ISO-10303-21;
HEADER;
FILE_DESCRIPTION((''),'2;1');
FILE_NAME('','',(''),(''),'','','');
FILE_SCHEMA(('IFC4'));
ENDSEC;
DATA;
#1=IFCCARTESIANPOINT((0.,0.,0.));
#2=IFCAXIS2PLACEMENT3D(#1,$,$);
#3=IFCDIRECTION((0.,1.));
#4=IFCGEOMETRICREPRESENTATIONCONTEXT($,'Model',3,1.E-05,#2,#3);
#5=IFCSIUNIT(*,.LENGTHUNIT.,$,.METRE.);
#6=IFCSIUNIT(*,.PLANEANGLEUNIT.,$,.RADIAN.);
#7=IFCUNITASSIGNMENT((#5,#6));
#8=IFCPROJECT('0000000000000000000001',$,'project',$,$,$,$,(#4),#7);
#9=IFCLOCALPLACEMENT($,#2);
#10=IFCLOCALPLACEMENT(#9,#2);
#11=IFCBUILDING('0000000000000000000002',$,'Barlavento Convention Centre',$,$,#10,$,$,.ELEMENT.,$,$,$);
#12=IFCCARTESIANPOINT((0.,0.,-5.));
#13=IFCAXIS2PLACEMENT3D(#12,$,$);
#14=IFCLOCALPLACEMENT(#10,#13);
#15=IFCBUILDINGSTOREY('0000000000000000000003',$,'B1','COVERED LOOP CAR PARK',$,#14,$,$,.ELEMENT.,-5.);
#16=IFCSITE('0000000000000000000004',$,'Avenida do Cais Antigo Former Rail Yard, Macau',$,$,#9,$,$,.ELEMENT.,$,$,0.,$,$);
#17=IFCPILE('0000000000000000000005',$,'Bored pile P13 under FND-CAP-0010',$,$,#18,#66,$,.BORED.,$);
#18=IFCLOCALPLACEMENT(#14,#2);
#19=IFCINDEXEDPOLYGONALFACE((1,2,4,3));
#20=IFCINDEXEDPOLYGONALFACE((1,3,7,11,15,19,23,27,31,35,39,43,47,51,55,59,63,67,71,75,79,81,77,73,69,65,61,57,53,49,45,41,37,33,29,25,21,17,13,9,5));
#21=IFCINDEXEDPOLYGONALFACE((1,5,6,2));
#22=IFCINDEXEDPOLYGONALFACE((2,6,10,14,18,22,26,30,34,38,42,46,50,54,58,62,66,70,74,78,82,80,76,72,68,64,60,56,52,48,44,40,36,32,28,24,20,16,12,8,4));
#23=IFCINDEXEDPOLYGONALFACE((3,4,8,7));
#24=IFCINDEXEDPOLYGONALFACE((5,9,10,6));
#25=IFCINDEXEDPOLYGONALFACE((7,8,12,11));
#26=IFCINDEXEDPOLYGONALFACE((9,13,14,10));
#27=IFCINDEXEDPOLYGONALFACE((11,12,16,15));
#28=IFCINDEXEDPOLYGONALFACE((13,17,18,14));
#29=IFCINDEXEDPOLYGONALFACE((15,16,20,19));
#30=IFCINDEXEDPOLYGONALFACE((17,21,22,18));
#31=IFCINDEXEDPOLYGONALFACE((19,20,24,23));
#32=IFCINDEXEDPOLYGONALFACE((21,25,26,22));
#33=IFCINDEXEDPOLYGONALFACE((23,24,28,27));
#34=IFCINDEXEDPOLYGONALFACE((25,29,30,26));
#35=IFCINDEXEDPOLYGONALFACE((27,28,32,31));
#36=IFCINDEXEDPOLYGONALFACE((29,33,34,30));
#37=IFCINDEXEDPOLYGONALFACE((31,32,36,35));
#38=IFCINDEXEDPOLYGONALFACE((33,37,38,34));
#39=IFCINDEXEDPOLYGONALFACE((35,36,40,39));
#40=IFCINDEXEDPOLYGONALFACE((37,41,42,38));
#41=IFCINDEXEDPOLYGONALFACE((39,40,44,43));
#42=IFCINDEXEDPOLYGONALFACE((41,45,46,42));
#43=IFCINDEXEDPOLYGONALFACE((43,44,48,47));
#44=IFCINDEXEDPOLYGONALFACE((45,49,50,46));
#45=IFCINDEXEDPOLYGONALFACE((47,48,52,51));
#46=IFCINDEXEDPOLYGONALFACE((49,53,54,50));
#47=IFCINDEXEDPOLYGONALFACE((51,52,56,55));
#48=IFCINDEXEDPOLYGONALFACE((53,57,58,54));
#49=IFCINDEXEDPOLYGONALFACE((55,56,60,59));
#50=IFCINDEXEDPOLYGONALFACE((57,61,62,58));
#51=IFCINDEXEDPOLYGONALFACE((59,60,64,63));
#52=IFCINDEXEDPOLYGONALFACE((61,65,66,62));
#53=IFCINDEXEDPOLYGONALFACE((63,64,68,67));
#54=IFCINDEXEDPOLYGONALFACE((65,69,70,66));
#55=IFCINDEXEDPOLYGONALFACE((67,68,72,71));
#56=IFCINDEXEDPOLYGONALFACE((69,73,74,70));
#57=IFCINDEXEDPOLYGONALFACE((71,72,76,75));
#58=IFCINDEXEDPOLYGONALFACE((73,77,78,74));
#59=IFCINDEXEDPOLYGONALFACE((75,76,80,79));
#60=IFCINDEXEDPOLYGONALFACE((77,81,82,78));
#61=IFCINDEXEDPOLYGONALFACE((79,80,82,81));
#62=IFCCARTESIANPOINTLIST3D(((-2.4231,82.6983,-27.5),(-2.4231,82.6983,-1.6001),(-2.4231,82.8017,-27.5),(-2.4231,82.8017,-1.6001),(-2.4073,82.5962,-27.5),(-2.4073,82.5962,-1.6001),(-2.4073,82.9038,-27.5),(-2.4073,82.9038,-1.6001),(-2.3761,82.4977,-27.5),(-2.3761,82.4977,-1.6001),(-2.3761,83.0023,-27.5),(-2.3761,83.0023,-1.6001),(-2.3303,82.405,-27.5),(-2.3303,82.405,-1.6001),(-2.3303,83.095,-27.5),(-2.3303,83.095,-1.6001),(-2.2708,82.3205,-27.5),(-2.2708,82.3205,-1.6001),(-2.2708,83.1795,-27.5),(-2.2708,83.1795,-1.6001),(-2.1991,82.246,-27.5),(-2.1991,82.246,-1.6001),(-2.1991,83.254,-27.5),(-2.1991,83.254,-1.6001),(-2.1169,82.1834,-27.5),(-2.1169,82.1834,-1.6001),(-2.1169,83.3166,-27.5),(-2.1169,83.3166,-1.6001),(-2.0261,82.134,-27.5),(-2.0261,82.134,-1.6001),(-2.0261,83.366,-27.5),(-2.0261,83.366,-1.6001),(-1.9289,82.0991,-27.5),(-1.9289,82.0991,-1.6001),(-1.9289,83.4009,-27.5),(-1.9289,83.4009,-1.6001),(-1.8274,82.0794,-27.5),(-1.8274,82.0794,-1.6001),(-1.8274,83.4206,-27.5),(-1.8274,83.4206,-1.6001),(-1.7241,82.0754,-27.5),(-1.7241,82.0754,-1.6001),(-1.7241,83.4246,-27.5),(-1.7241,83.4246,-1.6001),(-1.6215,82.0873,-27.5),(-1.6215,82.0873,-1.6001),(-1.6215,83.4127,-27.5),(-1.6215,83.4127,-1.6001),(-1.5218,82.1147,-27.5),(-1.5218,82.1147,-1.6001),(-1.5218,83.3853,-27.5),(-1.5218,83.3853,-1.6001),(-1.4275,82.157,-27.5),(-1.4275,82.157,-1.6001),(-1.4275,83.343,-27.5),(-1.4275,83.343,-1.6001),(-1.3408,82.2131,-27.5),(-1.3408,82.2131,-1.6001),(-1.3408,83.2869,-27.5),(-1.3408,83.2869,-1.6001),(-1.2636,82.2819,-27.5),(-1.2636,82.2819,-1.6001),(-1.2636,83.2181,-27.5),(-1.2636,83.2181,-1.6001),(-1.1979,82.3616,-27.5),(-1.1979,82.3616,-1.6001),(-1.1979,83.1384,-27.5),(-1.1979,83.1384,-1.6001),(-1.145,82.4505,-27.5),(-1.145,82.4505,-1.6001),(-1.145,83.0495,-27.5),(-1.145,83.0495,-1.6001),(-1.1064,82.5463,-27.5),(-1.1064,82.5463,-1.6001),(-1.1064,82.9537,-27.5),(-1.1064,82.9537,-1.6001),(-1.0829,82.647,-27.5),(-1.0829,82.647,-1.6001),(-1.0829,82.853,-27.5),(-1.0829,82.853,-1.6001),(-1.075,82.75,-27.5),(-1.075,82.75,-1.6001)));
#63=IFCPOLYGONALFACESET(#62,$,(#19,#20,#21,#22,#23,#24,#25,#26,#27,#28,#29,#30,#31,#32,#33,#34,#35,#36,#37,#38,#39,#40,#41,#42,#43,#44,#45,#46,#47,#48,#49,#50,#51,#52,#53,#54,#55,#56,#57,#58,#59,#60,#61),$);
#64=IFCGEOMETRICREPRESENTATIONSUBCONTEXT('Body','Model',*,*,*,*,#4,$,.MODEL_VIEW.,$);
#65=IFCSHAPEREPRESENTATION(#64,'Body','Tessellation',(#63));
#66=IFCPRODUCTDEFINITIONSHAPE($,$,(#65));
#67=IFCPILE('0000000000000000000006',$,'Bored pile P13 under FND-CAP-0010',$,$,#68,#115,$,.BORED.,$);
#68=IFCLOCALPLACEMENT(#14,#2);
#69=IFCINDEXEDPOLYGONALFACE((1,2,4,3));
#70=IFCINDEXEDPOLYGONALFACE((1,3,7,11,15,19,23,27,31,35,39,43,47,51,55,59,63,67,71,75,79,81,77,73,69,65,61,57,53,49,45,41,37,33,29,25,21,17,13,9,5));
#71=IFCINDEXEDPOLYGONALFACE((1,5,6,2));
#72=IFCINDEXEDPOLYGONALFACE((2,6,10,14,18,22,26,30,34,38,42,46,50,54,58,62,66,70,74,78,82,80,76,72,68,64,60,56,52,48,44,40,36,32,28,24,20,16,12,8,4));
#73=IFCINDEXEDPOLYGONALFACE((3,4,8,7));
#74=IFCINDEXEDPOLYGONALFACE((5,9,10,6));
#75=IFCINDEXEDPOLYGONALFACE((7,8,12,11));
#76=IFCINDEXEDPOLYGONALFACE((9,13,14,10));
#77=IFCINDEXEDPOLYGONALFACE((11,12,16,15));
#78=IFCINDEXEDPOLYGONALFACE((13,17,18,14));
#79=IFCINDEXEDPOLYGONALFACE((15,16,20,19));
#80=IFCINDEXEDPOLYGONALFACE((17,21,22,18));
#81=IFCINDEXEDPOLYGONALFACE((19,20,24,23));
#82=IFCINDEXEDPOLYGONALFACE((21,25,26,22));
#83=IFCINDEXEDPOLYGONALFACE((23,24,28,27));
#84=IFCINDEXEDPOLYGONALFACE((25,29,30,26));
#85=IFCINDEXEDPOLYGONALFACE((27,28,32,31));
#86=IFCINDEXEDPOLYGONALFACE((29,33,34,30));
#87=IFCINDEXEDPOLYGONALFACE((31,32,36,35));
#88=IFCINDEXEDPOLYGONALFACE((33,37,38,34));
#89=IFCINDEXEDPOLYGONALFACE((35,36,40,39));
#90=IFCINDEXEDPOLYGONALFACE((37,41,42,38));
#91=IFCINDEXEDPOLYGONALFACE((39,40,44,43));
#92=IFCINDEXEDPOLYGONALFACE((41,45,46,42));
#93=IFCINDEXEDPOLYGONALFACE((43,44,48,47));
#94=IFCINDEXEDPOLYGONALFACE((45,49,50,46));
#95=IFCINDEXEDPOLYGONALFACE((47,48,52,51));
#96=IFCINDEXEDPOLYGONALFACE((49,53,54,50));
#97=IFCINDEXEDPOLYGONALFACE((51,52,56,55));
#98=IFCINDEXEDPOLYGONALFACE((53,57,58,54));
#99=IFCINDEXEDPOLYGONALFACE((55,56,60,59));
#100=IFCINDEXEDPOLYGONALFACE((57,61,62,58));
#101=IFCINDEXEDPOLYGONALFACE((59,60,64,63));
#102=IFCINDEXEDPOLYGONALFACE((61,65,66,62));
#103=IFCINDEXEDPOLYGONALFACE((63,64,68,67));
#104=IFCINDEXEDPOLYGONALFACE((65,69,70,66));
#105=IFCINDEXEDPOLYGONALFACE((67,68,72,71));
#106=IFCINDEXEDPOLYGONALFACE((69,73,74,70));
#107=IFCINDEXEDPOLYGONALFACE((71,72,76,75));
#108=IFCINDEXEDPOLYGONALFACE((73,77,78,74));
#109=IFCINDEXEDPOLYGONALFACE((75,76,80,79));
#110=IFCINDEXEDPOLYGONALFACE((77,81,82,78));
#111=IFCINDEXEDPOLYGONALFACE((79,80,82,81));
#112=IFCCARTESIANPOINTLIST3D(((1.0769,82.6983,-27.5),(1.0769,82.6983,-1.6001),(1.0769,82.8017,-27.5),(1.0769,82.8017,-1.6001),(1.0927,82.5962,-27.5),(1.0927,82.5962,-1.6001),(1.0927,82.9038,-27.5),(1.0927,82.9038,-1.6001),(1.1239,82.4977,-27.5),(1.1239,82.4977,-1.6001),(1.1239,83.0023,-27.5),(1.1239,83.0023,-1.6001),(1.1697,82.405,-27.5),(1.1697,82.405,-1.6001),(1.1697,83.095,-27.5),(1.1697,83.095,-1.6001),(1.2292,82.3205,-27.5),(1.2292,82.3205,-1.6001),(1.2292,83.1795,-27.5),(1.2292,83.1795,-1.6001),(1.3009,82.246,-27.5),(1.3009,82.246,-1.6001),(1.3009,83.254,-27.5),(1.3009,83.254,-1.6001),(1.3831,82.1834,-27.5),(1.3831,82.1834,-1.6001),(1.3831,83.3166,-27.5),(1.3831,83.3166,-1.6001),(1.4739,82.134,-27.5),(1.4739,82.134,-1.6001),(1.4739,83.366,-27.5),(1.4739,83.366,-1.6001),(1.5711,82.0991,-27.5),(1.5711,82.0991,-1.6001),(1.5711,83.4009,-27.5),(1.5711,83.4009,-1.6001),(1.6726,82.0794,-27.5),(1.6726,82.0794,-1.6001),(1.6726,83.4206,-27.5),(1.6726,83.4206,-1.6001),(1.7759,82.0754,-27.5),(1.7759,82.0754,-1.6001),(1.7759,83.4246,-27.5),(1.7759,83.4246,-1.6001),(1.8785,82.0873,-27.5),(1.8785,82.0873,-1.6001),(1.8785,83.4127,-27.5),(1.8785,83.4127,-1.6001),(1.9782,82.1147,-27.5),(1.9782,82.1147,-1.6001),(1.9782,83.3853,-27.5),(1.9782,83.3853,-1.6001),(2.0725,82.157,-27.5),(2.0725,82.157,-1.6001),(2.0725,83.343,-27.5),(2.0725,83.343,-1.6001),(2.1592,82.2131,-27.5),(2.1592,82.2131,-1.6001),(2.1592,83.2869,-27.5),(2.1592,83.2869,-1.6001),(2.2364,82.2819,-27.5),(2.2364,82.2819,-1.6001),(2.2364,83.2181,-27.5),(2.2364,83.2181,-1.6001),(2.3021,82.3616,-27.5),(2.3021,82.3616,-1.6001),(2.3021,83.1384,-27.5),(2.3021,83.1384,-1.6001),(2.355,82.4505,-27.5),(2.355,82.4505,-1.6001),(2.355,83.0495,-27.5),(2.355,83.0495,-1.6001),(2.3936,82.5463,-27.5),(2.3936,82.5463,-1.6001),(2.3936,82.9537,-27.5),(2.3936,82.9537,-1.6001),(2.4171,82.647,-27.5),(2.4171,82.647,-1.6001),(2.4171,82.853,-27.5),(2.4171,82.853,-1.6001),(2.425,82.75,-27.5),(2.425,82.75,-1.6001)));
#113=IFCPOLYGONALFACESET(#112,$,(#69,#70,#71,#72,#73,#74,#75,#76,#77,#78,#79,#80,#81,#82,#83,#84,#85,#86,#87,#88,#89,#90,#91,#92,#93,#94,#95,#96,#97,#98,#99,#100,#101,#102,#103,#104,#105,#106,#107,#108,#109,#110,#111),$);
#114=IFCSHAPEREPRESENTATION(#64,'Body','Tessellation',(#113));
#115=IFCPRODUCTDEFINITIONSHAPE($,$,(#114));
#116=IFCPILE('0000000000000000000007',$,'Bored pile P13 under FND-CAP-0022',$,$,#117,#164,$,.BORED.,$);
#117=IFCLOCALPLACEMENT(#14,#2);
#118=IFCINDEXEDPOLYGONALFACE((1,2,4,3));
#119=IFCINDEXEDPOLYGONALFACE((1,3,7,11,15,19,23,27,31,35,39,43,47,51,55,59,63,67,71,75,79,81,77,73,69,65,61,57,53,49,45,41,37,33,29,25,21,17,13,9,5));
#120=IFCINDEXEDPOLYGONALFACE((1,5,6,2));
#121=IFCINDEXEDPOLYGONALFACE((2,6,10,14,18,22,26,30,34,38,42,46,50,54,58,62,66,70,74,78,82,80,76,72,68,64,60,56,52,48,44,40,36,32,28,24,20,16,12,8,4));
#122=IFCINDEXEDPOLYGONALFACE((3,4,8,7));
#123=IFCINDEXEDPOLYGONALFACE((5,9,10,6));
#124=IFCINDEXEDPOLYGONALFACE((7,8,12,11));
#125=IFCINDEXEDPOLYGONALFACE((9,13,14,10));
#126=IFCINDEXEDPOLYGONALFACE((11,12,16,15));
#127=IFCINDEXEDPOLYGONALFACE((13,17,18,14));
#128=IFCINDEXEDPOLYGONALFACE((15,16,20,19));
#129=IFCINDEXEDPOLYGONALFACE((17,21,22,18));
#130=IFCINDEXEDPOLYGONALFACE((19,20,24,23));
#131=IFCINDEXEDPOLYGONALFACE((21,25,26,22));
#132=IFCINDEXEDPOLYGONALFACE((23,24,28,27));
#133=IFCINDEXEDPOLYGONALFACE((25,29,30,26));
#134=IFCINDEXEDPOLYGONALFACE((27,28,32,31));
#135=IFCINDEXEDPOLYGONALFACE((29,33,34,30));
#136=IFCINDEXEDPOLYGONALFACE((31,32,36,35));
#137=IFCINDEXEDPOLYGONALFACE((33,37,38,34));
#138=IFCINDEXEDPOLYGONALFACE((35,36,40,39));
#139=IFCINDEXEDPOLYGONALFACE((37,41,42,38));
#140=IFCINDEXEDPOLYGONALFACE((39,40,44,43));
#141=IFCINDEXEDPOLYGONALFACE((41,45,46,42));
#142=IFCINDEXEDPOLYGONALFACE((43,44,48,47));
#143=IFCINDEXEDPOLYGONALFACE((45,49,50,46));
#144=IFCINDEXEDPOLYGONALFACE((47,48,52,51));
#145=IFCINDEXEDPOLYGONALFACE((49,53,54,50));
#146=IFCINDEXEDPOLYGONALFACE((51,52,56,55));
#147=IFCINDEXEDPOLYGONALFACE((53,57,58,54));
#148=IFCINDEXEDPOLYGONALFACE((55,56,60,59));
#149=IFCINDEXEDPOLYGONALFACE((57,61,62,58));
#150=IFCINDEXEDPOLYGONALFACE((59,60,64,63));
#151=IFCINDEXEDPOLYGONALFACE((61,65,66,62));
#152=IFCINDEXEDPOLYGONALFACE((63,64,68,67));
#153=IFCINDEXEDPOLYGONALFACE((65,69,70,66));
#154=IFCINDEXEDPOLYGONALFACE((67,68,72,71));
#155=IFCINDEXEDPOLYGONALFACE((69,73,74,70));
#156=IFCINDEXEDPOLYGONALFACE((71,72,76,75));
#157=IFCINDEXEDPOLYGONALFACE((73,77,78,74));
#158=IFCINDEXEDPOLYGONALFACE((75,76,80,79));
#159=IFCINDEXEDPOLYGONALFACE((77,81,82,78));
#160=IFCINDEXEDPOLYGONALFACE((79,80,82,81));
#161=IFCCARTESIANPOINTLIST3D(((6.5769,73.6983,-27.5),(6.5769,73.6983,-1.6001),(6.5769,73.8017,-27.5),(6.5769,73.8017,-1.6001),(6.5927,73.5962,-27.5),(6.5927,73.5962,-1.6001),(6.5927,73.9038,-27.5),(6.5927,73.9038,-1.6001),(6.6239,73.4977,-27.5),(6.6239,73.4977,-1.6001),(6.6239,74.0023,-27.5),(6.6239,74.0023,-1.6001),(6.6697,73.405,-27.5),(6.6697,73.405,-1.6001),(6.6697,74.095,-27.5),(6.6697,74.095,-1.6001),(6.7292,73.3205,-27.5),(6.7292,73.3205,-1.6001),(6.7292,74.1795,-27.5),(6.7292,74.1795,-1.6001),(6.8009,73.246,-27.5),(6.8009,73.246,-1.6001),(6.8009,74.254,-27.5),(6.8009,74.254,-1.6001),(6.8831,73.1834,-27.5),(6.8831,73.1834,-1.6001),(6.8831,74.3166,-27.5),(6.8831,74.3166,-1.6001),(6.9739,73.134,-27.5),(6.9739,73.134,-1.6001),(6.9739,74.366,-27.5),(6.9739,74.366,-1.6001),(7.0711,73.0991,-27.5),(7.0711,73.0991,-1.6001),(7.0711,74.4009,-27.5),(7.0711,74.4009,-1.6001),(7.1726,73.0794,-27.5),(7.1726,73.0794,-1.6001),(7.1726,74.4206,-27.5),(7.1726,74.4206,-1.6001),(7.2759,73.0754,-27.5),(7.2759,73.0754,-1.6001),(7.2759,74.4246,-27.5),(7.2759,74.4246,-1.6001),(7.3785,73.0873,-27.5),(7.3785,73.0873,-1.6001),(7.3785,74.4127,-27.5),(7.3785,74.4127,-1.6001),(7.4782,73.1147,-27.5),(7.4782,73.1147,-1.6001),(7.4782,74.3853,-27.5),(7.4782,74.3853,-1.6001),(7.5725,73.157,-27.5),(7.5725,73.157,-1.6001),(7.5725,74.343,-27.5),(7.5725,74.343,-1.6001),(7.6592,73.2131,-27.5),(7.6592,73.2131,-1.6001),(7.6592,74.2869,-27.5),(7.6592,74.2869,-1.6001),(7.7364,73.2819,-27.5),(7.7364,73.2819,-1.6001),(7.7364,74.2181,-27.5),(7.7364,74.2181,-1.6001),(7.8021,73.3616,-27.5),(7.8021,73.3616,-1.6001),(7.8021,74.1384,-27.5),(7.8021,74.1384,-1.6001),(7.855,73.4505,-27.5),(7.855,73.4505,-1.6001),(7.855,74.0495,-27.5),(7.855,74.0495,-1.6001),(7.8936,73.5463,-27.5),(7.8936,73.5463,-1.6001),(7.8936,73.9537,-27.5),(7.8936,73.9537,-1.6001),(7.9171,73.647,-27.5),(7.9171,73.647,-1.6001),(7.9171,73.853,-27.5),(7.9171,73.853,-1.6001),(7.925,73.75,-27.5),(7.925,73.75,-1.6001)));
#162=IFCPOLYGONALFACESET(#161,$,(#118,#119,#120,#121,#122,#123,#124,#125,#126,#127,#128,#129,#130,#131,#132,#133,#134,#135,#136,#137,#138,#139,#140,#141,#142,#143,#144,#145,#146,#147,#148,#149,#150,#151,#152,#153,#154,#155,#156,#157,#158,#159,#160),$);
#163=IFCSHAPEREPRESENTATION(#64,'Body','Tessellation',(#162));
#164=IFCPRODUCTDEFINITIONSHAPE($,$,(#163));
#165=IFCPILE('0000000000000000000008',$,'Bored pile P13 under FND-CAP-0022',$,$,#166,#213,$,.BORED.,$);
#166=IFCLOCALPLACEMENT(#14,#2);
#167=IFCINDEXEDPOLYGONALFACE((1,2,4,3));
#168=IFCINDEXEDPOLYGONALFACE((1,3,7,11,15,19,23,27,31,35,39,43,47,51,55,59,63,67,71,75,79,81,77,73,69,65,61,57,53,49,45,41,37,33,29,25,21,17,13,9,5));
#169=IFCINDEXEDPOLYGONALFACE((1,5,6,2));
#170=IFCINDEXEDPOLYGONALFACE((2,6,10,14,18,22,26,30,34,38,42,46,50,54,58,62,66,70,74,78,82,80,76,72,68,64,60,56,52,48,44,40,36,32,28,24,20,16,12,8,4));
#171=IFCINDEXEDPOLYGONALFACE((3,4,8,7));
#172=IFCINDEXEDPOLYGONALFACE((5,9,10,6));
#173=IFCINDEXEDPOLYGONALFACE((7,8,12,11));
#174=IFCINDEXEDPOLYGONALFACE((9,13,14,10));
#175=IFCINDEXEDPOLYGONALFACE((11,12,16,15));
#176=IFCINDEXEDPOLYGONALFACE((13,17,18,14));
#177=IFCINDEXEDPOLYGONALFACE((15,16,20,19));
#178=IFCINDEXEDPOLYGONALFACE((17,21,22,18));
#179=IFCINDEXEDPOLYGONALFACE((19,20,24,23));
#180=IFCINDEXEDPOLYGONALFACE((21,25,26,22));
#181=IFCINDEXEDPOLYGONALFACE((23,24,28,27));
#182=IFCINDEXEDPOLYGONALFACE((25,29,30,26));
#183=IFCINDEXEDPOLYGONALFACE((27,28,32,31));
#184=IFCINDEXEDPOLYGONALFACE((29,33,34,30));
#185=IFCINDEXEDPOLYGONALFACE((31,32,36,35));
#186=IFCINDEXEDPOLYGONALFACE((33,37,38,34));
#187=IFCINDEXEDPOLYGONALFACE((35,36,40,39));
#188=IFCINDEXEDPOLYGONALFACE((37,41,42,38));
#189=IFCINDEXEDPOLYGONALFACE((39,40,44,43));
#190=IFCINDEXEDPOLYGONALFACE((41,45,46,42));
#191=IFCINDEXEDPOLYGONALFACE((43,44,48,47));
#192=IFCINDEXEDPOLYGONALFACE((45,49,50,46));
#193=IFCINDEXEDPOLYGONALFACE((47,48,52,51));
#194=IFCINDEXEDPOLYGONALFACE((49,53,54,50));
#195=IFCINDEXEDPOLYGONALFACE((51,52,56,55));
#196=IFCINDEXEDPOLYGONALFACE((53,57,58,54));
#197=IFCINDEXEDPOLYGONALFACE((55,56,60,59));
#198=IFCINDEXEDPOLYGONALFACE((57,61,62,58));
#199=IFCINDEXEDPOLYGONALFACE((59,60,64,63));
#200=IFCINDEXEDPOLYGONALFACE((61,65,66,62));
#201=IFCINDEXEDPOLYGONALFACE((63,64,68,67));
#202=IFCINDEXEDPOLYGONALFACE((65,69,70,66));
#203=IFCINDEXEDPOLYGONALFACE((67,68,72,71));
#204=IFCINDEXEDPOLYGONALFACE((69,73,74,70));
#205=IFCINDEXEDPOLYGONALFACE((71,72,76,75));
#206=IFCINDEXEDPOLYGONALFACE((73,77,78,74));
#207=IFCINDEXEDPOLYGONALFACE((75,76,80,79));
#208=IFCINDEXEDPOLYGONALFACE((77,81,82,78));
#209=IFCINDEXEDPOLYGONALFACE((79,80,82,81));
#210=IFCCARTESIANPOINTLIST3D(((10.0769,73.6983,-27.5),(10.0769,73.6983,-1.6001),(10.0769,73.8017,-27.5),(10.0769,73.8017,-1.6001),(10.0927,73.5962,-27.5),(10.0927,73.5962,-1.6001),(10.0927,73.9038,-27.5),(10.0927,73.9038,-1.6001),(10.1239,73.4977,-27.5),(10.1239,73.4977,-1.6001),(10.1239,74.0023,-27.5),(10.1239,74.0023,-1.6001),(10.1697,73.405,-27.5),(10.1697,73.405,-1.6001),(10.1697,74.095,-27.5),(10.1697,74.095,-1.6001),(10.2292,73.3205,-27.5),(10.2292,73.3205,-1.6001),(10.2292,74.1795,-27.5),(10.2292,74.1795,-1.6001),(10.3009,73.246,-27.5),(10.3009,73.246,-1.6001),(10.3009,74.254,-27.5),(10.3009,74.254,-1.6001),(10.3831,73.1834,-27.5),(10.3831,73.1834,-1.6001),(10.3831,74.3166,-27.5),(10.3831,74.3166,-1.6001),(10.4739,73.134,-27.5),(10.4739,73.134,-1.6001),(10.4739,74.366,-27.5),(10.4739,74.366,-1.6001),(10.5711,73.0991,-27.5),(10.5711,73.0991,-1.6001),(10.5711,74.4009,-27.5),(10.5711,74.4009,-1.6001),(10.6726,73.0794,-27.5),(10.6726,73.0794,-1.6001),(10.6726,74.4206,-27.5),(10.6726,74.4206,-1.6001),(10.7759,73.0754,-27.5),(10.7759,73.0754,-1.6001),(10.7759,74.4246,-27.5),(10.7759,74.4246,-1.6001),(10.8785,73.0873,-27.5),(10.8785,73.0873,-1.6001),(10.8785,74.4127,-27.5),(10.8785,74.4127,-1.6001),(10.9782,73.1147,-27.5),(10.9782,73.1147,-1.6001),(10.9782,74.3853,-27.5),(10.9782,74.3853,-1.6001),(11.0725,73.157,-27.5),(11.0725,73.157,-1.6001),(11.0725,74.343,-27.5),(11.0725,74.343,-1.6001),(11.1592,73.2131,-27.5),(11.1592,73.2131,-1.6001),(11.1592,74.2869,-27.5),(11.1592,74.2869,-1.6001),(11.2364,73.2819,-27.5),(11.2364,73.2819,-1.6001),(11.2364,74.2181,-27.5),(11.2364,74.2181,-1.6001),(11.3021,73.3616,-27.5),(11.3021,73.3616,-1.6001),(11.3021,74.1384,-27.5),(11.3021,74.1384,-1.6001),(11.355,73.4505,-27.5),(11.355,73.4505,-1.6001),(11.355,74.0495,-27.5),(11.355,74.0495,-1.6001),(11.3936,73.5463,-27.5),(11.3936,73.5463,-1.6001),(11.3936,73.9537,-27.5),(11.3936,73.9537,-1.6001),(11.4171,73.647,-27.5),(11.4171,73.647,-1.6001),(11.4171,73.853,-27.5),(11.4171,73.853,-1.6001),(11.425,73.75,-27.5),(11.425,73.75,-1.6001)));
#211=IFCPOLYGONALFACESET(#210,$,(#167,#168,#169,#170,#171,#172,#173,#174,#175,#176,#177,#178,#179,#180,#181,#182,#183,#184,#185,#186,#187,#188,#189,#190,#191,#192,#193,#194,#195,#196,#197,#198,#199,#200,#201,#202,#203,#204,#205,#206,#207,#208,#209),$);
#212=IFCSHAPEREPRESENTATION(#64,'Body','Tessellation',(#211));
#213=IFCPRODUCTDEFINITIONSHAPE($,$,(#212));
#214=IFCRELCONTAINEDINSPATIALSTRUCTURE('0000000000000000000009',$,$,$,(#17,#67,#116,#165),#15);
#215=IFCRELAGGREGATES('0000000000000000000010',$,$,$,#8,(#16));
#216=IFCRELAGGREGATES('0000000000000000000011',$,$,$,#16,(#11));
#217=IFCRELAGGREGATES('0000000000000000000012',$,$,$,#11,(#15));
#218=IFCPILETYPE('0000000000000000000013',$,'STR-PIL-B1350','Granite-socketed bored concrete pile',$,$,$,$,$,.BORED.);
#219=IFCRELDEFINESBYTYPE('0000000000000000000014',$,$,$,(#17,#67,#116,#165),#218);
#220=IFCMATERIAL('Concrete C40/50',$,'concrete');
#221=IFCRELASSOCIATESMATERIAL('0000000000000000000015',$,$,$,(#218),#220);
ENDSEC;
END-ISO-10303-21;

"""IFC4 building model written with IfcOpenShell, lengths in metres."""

from ifc_helpers import new_model, si_unit, direction, frame, origin, origin_2d, place, context, subcontext, project, spatial, circle, extrude, material, material_profile, profile_set, type_object, element, save


model = new_model("IFC4")

# Units and contexts
model_context = context("Model", 3, precision=1e-05, world=origin(), true_north=direction((0.0, 1.0)))
body_context = subcontext(model_context, "Body", "Model", "MODEL_VIEW")
ifc_project = project(units=[si_unit("LENGTHUNIT", "METRE"), si_unit("PLANEANGLEUNIT", "RADIAN")], contexts=[model_context])

# Site, building, storey
site_placement = place(None, origin())
site = spatial("IfcSite", under=ifc_project, at=site_placement, Name="Avenida do Cais Antigo Former Rail Yard, Macau", CompositionType="ELEMENT", RefElevation=0.0)
building_placement = place(site_placement, origin())
building = spatial("IfcBuilding", under=site, at=building_placement, Name="Barlavento Convention Centre", CompositionType="ELEMENT")
storey_placement = place(building_placement, frame((0.0, 0.0, -5.0)))
storey = spatial("IfcBuildingStorey", under=building, at=storey_placement, Name="B1", Description="COVERED LOOP CAR PARK", CompositionType="ELEMENT", Elevation=-5.0)

# Shared definitions
ifc_material_1 = material(Name="Concrete C40/50", Category="concrete")

# Piles
ifc_material_profile_1 = material_profile(ifc_material_1, circle(Radius=0.675, at=origin_2d()), Name="BORED PILE 1350")
ifc_profile_set_1 = profile_set([ifc_material_profile_1], Name="Concrete C40/50")
pile_type_1 = type_object("IfcPileType", Name="STR-PIL-B1350", Description="Granite-socketed bored concrete pile", PredefinedType="BORED", material=ifc_profile_set_1)
for number, where, z_axis, x_axis, name in (
    (1, (-1.75, 82.75, -1.6001), (0.0, 0.0, -1.0), (1.0, 0.0, 0.0), "Bored pile P13 under FND-CAP-0010"),
    (2, (1.75, 82.75, -1.6001), (0.0, 0.0, -1.0), (1.0, 0.0, 0.0), "Bored pile P13 under FND-CAP-0010"),
    (3, (7.25, 73.75, -1.6001), (0.0, 0.0, -1.0), (1.0, 0.0, 0.0), "Bored pile P13 under FND-CAP-0022"),
    (4, (10.75, 73.75, -1.6001), (0.0, 0.0, -1.0), (1.0, 0.0, 0.0), "Bored pile P13 under FND-CAP-0022"),
):
    element("IfcPile", number, at=place(storey_placement, frame(where, z_axis=z_axis, x_axis=x_axis)), inside=storey, type_object=pile_type_1, Name=name, PredefinedType="BORED", context=body_context, shape_type="SweptSolid", body=[
        extrude(circle(Radius=0.675, at=origin_2d()), origin(), (0.0, 0.0, 1.0), 25.8999),
    ])

save(model, "model.ifc")
